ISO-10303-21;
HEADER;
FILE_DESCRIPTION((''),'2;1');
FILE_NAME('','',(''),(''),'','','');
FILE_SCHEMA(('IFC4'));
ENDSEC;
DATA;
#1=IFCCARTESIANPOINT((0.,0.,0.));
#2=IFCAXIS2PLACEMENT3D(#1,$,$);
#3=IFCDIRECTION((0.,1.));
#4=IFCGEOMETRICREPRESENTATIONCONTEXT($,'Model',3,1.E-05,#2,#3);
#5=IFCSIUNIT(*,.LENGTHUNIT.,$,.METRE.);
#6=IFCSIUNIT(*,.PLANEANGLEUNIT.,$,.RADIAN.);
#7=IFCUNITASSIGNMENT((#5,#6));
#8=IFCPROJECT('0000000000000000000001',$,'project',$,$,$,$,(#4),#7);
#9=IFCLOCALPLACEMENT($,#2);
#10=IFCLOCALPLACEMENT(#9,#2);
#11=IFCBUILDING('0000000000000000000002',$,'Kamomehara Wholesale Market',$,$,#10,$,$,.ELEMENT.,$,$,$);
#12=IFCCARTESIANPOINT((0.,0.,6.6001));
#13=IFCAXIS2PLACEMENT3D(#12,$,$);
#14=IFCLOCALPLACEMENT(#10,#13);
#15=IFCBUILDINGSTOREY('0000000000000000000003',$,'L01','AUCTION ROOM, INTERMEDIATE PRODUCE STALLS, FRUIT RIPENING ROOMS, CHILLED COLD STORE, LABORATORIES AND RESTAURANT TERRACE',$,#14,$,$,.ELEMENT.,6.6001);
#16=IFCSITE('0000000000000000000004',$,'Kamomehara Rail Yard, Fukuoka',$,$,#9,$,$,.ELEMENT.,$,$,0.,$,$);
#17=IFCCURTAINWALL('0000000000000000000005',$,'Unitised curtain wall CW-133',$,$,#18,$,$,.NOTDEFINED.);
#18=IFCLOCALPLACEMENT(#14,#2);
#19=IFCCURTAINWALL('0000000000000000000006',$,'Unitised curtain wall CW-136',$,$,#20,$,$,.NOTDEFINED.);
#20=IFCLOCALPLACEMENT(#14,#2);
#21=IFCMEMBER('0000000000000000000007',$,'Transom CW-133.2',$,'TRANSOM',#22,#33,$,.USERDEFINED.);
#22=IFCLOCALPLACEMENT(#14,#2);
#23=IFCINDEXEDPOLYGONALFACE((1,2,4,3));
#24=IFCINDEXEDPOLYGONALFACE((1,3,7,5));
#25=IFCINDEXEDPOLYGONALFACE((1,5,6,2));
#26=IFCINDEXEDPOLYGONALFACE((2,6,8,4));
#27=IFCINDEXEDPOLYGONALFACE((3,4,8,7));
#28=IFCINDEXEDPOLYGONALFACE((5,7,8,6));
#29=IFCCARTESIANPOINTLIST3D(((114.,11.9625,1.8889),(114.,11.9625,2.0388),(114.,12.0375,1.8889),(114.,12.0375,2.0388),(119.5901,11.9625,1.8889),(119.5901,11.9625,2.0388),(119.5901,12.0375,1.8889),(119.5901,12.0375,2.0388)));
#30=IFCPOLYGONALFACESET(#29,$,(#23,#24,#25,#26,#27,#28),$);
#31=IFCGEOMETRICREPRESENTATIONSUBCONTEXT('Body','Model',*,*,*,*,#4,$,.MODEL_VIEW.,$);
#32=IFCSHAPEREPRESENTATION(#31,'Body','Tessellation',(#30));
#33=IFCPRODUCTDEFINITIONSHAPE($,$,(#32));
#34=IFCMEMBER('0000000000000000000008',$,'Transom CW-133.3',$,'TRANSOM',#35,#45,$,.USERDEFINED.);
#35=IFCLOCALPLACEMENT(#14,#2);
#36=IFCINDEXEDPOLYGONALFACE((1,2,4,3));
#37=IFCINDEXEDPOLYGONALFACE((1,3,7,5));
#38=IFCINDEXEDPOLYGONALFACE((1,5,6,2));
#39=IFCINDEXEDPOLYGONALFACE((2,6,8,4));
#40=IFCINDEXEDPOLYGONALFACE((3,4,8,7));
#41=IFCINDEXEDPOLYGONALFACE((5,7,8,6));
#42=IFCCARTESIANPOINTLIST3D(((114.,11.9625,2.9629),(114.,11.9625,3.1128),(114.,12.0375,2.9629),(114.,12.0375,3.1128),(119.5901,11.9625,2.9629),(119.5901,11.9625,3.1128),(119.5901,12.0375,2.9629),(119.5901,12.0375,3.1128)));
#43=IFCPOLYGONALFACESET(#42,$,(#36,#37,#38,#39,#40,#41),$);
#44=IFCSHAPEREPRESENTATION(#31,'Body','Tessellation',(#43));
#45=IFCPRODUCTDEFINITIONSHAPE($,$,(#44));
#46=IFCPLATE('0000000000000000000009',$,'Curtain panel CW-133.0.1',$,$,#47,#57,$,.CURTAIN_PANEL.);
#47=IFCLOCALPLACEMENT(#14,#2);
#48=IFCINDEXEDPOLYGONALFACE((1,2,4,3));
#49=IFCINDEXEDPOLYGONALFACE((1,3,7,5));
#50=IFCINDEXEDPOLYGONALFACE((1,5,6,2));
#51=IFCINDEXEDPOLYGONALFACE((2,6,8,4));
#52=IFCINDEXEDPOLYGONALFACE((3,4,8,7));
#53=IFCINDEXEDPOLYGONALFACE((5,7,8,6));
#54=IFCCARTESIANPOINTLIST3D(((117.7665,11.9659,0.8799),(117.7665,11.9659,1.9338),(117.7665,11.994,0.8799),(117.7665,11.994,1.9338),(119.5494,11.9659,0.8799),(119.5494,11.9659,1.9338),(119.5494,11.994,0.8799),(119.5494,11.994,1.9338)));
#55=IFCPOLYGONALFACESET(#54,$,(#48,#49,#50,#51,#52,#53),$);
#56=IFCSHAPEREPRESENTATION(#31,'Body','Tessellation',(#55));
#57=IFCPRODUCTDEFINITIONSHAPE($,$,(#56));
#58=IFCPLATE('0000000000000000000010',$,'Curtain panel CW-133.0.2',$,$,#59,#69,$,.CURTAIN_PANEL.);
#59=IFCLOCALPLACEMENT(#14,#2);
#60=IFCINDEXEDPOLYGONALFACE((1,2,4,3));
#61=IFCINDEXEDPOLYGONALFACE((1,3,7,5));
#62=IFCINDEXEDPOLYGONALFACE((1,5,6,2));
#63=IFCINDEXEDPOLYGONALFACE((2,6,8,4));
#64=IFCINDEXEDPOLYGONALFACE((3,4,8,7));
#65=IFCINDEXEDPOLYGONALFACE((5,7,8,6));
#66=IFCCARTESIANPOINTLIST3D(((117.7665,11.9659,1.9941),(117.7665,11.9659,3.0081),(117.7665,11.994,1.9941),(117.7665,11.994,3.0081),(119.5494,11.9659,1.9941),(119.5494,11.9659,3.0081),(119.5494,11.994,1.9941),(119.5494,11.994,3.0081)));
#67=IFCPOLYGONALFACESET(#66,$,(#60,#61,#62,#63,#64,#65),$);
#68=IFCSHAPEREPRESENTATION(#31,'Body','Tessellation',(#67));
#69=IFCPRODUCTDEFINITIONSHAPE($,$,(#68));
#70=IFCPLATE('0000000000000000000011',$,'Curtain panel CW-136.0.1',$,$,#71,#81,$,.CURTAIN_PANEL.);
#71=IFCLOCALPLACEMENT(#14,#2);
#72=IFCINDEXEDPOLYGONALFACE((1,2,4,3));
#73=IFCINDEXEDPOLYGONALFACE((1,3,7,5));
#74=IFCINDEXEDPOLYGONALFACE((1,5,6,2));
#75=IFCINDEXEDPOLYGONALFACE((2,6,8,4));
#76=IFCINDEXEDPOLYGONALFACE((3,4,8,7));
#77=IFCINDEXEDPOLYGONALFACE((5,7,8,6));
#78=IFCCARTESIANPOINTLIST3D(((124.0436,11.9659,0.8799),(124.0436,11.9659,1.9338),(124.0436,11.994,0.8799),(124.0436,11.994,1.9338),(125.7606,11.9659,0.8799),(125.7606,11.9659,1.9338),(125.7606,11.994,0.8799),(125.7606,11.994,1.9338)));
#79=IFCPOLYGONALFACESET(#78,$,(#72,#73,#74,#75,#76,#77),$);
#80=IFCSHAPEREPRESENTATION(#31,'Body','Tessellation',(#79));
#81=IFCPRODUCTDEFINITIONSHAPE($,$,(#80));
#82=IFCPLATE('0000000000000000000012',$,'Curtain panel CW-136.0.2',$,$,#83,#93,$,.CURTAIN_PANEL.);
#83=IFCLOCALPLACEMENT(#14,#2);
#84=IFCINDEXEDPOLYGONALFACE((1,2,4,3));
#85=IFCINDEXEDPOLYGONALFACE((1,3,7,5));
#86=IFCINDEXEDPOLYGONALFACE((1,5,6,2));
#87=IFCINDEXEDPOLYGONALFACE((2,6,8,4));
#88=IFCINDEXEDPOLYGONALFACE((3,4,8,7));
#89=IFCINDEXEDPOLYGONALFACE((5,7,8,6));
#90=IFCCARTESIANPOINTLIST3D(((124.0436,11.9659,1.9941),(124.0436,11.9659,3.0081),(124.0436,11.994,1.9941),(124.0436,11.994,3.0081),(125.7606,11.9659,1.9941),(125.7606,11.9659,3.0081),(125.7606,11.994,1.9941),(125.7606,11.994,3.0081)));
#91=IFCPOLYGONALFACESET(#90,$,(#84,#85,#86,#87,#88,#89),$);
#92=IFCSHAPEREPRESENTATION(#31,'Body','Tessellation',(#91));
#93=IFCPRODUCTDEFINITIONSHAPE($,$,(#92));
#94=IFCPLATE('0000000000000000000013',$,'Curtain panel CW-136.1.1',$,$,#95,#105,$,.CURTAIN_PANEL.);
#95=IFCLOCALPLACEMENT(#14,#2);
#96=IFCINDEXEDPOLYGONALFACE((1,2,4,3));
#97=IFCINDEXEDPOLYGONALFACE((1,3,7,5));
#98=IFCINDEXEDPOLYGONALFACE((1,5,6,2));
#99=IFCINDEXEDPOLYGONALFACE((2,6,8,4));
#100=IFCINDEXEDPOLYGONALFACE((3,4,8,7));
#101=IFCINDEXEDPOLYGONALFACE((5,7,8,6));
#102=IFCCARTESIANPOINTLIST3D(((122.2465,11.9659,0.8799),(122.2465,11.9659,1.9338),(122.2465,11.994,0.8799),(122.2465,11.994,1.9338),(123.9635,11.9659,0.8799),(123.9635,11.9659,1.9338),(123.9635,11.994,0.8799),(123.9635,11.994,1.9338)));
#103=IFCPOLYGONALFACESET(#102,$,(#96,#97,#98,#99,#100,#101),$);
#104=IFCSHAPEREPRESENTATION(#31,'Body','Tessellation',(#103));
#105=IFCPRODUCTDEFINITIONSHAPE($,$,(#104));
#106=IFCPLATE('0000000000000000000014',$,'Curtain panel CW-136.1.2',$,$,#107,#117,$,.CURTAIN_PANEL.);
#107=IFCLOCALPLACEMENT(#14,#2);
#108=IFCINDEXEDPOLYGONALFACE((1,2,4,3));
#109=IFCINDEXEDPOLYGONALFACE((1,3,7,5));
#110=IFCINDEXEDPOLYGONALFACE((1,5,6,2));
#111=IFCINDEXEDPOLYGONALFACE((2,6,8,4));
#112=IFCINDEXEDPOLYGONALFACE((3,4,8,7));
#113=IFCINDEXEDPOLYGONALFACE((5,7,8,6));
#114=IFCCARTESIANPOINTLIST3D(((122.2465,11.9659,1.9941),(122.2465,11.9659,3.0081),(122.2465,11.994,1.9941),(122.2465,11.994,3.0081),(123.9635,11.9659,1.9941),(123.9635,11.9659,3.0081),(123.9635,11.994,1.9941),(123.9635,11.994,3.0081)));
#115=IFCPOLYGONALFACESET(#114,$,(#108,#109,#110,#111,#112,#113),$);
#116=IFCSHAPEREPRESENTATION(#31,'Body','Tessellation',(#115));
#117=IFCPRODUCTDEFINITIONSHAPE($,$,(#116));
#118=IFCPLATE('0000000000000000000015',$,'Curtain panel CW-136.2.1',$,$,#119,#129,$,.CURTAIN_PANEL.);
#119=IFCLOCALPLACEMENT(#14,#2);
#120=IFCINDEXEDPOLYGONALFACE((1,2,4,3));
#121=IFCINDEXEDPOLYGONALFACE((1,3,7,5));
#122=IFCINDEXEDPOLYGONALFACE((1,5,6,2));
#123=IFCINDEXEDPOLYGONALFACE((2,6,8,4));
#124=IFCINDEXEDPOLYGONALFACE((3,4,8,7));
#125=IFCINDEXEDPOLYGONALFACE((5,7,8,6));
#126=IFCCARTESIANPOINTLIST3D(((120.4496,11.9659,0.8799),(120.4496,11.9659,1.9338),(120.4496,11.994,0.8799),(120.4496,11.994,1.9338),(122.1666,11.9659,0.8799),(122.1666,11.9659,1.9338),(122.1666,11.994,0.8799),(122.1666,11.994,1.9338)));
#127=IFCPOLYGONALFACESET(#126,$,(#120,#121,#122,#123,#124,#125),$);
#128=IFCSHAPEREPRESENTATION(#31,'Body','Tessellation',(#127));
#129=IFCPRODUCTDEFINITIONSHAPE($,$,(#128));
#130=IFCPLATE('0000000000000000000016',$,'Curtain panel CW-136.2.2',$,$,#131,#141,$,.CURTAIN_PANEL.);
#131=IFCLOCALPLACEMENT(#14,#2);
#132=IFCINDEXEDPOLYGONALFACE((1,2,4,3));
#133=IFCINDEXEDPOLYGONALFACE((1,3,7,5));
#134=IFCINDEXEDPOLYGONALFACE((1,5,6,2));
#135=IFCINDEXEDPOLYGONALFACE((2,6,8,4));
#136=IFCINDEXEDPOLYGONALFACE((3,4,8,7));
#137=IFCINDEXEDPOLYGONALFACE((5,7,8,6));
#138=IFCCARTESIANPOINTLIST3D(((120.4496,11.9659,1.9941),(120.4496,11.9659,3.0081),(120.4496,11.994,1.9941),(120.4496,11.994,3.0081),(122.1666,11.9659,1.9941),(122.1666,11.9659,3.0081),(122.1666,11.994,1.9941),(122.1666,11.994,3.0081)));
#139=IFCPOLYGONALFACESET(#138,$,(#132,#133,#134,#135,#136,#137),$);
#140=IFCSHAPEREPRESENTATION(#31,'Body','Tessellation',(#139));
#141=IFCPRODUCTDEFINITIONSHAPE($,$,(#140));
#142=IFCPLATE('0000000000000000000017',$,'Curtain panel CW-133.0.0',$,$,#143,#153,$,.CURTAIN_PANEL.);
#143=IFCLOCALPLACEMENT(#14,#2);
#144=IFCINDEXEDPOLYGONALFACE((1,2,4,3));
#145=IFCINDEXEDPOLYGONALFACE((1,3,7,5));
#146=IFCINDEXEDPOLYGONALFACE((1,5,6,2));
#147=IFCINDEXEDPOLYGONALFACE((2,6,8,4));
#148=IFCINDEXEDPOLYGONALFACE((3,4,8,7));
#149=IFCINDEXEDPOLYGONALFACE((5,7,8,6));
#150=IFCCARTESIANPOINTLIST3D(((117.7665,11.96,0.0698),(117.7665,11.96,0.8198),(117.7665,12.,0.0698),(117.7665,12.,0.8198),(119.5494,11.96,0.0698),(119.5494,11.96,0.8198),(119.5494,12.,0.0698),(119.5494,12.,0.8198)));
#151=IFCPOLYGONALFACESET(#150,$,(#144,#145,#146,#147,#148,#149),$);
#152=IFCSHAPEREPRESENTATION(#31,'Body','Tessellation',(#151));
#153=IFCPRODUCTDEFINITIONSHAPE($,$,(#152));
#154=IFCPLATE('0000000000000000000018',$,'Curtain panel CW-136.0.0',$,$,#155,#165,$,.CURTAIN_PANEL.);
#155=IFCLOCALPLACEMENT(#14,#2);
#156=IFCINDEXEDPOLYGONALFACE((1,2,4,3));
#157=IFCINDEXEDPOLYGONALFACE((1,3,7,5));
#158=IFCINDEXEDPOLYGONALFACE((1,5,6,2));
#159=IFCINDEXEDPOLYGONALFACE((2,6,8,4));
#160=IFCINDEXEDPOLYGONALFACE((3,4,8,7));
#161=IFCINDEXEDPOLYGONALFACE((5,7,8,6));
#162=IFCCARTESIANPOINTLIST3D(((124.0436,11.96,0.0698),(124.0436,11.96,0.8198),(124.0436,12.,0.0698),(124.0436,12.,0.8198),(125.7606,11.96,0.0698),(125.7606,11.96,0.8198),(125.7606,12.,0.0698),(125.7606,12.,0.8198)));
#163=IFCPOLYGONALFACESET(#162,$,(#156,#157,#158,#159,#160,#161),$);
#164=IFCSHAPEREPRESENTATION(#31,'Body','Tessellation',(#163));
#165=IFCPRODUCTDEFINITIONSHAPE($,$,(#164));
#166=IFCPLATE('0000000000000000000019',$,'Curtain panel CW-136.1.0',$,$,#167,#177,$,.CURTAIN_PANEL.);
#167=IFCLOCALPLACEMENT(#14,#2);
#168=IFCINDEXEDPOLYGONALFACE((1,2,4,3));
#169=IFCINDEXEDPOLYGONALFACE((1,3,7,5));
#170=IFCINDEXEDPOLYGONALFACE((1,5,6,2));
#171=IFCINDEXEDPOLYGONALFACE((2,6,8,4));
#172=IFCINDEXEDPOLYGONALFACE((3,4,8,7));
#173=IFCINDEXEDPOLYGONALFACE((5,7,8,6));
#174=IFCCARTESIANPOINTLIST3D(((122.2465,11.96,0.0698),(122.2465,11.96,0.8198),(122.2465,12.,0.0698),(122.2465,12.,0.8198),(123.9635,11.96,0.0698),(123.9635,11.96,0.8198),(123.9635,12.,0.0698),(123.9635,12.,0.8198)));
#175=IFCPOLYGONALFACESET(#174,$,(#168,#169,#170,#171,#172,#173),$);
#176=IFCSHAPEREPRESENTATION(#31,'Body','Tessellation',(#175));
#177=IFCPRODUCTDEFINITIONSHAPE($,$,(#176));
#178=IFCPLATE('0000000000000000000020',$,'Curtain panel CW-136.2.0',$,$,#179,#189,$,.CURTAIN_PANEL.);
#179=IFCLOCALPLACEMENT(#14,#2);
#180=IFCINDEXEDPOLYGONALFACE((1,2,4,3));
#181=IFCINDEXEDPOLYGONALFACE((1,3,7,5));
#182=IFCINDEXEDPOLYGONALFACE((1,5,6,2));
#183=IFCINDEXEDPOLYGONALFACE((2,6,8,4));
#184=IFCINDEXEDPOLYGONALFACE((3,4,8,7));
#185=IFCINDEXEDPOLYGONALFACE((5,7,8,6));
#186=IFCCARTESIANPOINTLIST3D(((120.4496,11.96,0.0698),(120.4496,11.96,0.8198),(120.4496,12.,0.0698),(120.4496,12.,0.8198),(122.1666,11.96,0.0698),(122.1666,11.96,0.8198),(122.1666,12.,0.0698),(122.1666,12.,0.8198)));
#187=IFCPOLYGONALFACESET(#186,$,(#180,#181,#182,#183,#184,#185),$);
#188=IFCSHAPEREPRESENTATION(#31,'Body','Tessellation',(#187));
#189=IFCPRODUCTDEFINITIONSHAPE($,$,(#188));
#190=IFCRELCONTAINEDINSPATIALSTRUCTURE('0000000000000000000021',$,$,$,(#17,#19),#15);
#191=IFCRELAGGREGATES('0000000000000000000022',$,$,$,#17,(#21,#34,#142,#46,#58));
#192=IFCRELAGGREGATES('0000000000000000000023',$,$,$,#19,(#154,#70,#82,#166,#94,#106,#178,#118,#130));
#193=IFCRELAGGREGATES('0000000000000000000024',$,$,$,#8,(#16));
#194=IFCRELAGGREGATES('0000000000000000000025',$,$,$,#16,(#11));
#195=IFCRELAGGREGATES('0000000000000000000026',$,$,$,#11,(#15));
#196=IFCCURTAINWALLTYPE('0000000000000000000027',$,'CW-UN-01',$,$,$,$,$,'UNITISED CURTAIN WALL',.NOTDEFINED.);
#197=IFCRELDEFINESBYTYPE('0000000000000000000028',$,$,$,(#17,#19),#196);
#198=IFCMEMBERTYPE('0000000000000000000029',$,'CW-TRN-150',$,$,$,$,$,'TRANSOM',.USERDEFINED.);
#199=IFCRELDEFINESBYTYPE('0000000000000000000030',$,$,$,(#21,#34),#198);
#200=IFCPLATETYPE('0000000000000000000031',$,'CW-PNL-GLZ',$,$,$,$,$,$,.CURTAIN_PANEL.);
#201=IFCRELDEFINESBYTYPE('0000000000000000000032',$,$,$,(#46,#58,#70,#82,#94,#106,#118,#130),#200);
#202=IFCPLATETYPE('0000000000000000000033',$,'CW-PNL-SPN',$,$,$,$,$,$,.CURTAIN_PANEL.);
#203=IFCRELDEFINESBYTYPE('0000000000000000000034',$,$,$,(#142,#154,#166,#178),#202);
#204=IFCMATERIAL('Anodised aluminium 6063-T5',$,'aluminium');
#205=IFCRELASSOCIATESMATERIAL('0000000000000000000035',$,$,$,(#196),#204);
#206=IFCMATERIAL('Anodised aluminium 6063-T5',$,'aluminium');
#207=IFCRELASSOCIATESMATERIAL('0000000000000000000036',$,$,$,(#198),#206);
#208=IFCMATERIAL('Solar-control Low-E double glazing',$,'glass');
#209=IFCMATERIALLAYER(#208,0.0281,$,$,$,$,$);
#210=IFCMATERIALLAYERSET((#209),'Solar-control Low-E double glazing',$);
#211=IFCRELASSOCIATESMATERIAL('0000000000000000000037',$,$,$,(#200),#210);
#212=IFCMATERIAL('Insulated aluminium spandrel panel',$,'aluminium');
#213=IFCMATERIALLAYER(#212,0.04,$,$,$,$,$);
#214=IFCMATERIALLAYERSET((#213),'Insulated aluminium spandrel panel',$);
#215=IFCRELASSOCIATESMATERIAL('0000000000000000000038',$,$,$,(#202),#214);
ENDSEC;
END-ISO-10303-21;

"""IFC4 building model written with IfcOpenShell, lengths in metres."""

from ifc_helpers import new_model, si_unit, direction, frame, origin, origin_2d, place, context, subcontext, project, spatial, rectangle, extrude, material, layer, layer_set, material_profile, profile_set, type_object, element, aggregate, save


model = new_model("IFC4")

# Units and contexts
model_context = context("Model", 3, precision=1e-05, world=origin(), true_north=direction((0.0, 1.0)))
body_context = subcontext(model_context, "Body", "Model", "MODEL_VIEW")
ifc_project = project(units=[si_unit("LENGTHUNIT", "METRE"), si_unit("PLANEANGLEUNIT", "RADIAN")], contexts=[model_context])

# Site, building, storey
site_placement = place(None, origin())
site = spatial("IfcSite", under=ifc_project, at=site_placement, Name="Kamomehara Rail Yard, Fukuoka", CompositionType="ELEMENT", RefElevation=0.0)
building_placement = place(site_placement, origin())
building = spatial("IfcBuilding", under=site, at=building_placement, Name="Kamomehara Wholesale Market", CompositionType="ELEMENT")
storey_placement = place(building_placement, frame((0.0, 0.0, 6.6001)))
storey = spatial("IfcBuildingStorey", under=building, at=storey_placement, Name="L01", Description="AUCTION ROOM, INTERMEDIATE PRODUCE STALLS, FRUIT RIPENING ROOMS, CHILLED COLD STORE, LABORATORIES AND RESTAURANT TERRACE", CompositionType="ELEMENT", Elevation=6.6001)

# Curtain wall
ifc_material_1 = material(Name="Anodised aluminium 6063-T5", Category="aluminium")
curtain_wall_type = type_object("IfcCurtainWallType", Name="CW-UN-01", ElementType="UNITISED CURTAIN WALL", PredefinedType="NOTDEFINED", material=ifc_material_1)
curtain_wall_1_placement = place(storey_placement, origin())
curtain_wall_1 = element("IfcCurtainWall", 1, at=curtain_wall_1_placement, inside=storey, type_object=curtain_wall_type, Name="Unitised curtain wall CW-133", PredefinedType="NOTDEFINED")

# Curtain wall
curtain_wall_2_placement = place(storey_placement, origin())
curtain_wall_2 = element("IfcCurtainWall", 2, at=curtain_wall_2_placement, inside=storey, type_object=curtain_wall_type, Name="Unitised curtain wall CW-136", PredefinedType="NOTDEFINED")

# Members
ifc_material_2 = material(Name="Anodised aluminium 6063-T5", Category="aluminium")
ifc_material_profile_1 = material_profile(ifc_material_2, rectangle(XDim=0.075, YDim=0.1499, at=origin_2d()), Name="ALU-TRN-75x150")
ifc_profile_set_1 = profile_set([ifc_material_profile_1], Name="Anodised aluminium 6063-T5")
member_type_1 = type_object("IfcMemberType", Name="CW-TRN-150", ElementType="TRANSOM", PredefinedType="USERDEFINED", material=ifc_profile_set_1)
member_1_placement = place(storey_placement, frame((119.5901, 12.0, 1.9639), z_axis=(-1.0, 0.0, 0.0), x_axis=(0.0, -1.0, 0.0)))
member_1 = element("IfcMember", 3, at=member_1_placement, type_object=member_type_1, Name="Transom CW-133.2", ObjectType="TRANSOM", PredefinedType="USERDEFINED", context=body_context, shape_type="SweptSolid", body=[
    extrude(rectangle(XDim=0.075, YDim=0.1499, at=origin_2d()), origin(), (0.0, 0.0, 1.0), 5.5901),
])
member_2_placement = place(storey_placement, frame((119.5901, 12.0, 3.0378), z_axis=(-1.0, 0.0, 0.0), x_axis=(0.0, -1.0, 0.0)))
member_2 = element("IfcMember", 4, at=member_2_placement, type_object=member_type_1, Name="Transom CW-133.3", ObjectType="TRANSOM", PredefinedType="USERDEFINED", context=body_context, shape_type="SweptSolid", body=[
    extrude(rectangle(XDim=0.075, YDim=0.1499, at=origin_2d()), origin(), (0.0, 0.0, 1.0), 5.5901),
])

# Plates
ifc_material_3 = material(Name="Solar-control Low-E double glazing", Category="glass")
ifc_layer_1 = layer(ifc_material_3, 0.0281)
ifc_layer_set_1 = layer_set([ifc_layer_1], Name="Solar-control Low-E double glazing")
plate_type_1 = type_object("IfcPlateType", Name="CW-PNL-GLZ", PredefinedType="CURTAIN_PANEL", material=ifc_layer_set_1)
plate_1_placement = place(storey_placement, frame((118.658, 11.98, 0.8799), z_axis=(0.0, 0.0, 1.0), x_axis=(-1.0, 0.0, 0.0)))
plate_1 = element("IfcPlate", 5, at=plate_1_placement, type_object=plate_type_1, Name="Curtain panel CW-133.0.1", PredefinedType="CURTAIN_PANEL", context=body_context, shape_type="SweptSolid", body=[
    extrude(rectangle(XDim=1.783, YDim=0.0281, at=origin_2d()), origin(), (0.0, 0.0, 1.0), 1.054),
])
plate_2_placement = place(storey_placement, frame((118.658, 11.98, 1.9941), z_axis=(0.0, 0.0, 1.0), x_axis=(-1.0, 0.0, 0.0)))
plate_2 = element("IfcPlate", 6, at=plate_2_placement, type_object=plate_type_1, Name="Curtain panel CW-133.0.2", PredefinedType="CURTAIN_PANEL", context=body_context, shape_type="SweptSolid", body=[
    extrude(rectangle(XDim=1.783, YDim=0.0281, at=origin_2d()), origin(), (0.0, 0.0, 1.0), 1.0139),
])
plate_3_placement = place(storey_placement, frame((124.9021, 11.98, 0.8799), z_axis=(0.0, 0.0, 1.0), x_axis=(-1.0, 0.0, 0.0)))
plate_3 = element("IfcPlate", 7, at=plate_3_placement, type_object=plate_type_1, Name="Curtain panel CW-136.0.1", PredefinedType="CURTAIN_PANEL", context=body_context, shape_type="SweptSolid", body=[
    extrude(rectangle(XDim=1.717, YDim=0.0281, at=origin_2d()), origin(), (0.0, 0.0, 1.0), 1.054),
])
plate_4_placement = place(storey_placement, frame((124.9021, 11.98, 1.9941), z_axis=(0.0, 0.0, 1.0), x_axis=(-1.0, 0.0, 0.0)))
plate_4 = element("IfcPlate", 8, at=plate_4_placement, type_object=plate_type_1, Name="Curtain panel CW-136.0.2", PredefinedType="CURTAIN_PANEL", context=body_context, shape_type="SweptSolid", body=[
    extrude(rectangle(XDim=1.717, YDim=0.0281, at=origin_2d()), origin(), (0.0, 0.0, 1.0), 1.0139),
])
plate_5_placement = place(storey_placement, frame((123.105, 11.98, 0.8799), z_axis=(0.0, 0.0, 1.0), x_axis=(-1.0, 0.0, 0.0)))
plate_5 = element("IfcPlate", 9, at=plate_5_placement, type_object=plate_type_1, Name="Curtain panel CW-136.1.1", PredefinedType="CURTAIN_PANEL", context=body_context, shape_type="SweptSolid", body=[
    extrude(rectangle(XDim=1.717, YDim=0.0281, at=origin_2d()), origin(), (0.0, 0.0, 1.0), 1.054),
])
plate_6_placement = place(storey_placement, frame((123.105, 11.98, 1.9941), z_axis=(0.0, 0.0, 1.0), x_axis=(-1.0, 0.0, 0.0)))
plate_6 = element("IfcPlate", 10, at=plate_6_placement, type_object=plate_type_1, Name="Curtain panel CW-136.1.2", PredefinedType="CURTAIN_PANEL", context=body_context, shape_type="SweptSolid", body=[
    extrude(rectangle(XDim=1.717, YDim=0.0281, at=origin_2d()), origin(), (0.0, 0.0, 1.0), 1.0139),
])
plate_7_placement = place(storey_placement, frame((121.3081, 11.98, 0.8799), z_axis=(0.0, 0.0, 1.0), x_axis=(-1.0, 0.0, 0.0)))
plate_7 = element("IfcPlate", 11, at=plate_7_placement, type_object=plate_type_1, Name="Curtain panel CW-136.2.1", PredefinedType="CURTAIN_PANEL", context=body_context, shape_type="SweptSolid", body=[
    extrude(rectangle(XDim=1.717, YDim=0.0281, at=origin_2d()), origin(), (0.0, 0.0, 1.0), 1.054),
])
plate_8_placement = place(storey_placement, frame((121.3081, 11.98, 1.9941), z_axis=(0.0, 0.0, 1.0), x_axis=(-1.0, 0.0, 0.0)))
plate_8 = element("IfcPlate", 12, at=plate_8_placement, type_object=plate_type_1, Name="Curtain panel CW-136.2.2", PredefinedType="CURTAIN_PANEL", context=body_context, shape_type="SweptSolid", body=[
    extrude(rectangle(XDim=1.717, YDim=0.0281, at=origin_2d()), origin(), (0.0, 0.0, 1.0), 1.0139),
])
ifc_material_4 = material(Name="Insulated aluminium spandrel panel", Category="aluminium")
ifc_layer_2 = layer(ifc_material_4, 0.04)
ifc_layer_set_2 = layer_set([ifc_layer_2], Name="Insulated aluminium spandrel panel")
plate_type_2 = type_object("IfcPlateType", Name="CW-PNL-SPN", PredefinedType="CURTAIN_PANEL", material=ifc_layer_set_2)
plate_9_placement = place(storey_placement, frame((118.658, 11.98, 0.0698), z_axis=(0.0, 0.0, 1.0), x_axis=(-1.0, 0.0, 0.0)))
plate_9 = element("IfcPlate", 13, at=plate_9_placement, type_object=plate_type_2, Name="Curtain panel CW-133.0.0", PredefinedType="CURTAIN_PANEL", context=body_context, shape_type="SweptSolid", body=[
    extrude(rectangle(XDim=1.783, YDim=0.04, at=origin_2d()), origin(), (0.0, 0.0, 1.0), 0.75),
])
aggregate(curtain_wall_1, [member_1, member_2, plate_9, plate_1, plate_2])
plate_10_placement = place(storey_placement, frame((124.9021, 11.98, 0.0698), z_axis=(0.0, 0.0, 1.0), x_axis=(-1.0, 0.0, 0.0)))
plate_10 = element("IfcPlate", 14, at=plate_10_placement, type_object=plate_type_2, Name="Curtain panel CW-136.0.0", PredefinedType="CURTAIN_PANEL", context=body_context, shape_type="SweptSolid", body=[
    extrude(rectangle(XDim=1.717, YDim=0.04, at=origin_2d()), origin(), (0.0, 0.0, 1.0), 0.75),
])
plate_11_placement = place(storey_placement, frame((123.105, 11.98, 0.0698), z_axis=(0.0, 0.0, 1.0), x_axis=(-1.0, 0.0, 0.0)))
plate_11 = element("IfcPlate", 15, at=plate_11_placement, type_object=plate_type_2, Name="Curtain panel CW-136.1.0", PredefinedType="CURTAIN_PANEL", context=body_context, shape_type="SweptSolid", body=[
    extrude(rectangle(XDim=1.717, YDim=0.04, at=origin_2d()), origin(), (0.0, 0.0, 1.0), 0.75),
])
plate_12_placement = place(storey_placement, frame((121.3081, 11.98, 0.0698), z_axis=(0.0, 0.0, 1.0), x_axis=(-1.0, 0.0, 0.0)))
plate_12 = element("IfcPlate", 16, at=plate_12_placement, type_object=plate_type_2, Name="Curtain panel CW-136.2.0", PredefinedType="CURTAIN_PANEL", context=body_context, shape_type="SweptSolid", body=[
    extrude(rectangle(XDim=1.717, YDim=0.04, at=origin_2d()), origin(), (0.0, 0.0, 1.0), 0.75),
])
aggregate(curtain_wall_2, [plate_10, plate_3, plate_4, plate_11, plate_5, plate_6, plate_12, plate_7, plate_8])

save(model, "model.ifc")
